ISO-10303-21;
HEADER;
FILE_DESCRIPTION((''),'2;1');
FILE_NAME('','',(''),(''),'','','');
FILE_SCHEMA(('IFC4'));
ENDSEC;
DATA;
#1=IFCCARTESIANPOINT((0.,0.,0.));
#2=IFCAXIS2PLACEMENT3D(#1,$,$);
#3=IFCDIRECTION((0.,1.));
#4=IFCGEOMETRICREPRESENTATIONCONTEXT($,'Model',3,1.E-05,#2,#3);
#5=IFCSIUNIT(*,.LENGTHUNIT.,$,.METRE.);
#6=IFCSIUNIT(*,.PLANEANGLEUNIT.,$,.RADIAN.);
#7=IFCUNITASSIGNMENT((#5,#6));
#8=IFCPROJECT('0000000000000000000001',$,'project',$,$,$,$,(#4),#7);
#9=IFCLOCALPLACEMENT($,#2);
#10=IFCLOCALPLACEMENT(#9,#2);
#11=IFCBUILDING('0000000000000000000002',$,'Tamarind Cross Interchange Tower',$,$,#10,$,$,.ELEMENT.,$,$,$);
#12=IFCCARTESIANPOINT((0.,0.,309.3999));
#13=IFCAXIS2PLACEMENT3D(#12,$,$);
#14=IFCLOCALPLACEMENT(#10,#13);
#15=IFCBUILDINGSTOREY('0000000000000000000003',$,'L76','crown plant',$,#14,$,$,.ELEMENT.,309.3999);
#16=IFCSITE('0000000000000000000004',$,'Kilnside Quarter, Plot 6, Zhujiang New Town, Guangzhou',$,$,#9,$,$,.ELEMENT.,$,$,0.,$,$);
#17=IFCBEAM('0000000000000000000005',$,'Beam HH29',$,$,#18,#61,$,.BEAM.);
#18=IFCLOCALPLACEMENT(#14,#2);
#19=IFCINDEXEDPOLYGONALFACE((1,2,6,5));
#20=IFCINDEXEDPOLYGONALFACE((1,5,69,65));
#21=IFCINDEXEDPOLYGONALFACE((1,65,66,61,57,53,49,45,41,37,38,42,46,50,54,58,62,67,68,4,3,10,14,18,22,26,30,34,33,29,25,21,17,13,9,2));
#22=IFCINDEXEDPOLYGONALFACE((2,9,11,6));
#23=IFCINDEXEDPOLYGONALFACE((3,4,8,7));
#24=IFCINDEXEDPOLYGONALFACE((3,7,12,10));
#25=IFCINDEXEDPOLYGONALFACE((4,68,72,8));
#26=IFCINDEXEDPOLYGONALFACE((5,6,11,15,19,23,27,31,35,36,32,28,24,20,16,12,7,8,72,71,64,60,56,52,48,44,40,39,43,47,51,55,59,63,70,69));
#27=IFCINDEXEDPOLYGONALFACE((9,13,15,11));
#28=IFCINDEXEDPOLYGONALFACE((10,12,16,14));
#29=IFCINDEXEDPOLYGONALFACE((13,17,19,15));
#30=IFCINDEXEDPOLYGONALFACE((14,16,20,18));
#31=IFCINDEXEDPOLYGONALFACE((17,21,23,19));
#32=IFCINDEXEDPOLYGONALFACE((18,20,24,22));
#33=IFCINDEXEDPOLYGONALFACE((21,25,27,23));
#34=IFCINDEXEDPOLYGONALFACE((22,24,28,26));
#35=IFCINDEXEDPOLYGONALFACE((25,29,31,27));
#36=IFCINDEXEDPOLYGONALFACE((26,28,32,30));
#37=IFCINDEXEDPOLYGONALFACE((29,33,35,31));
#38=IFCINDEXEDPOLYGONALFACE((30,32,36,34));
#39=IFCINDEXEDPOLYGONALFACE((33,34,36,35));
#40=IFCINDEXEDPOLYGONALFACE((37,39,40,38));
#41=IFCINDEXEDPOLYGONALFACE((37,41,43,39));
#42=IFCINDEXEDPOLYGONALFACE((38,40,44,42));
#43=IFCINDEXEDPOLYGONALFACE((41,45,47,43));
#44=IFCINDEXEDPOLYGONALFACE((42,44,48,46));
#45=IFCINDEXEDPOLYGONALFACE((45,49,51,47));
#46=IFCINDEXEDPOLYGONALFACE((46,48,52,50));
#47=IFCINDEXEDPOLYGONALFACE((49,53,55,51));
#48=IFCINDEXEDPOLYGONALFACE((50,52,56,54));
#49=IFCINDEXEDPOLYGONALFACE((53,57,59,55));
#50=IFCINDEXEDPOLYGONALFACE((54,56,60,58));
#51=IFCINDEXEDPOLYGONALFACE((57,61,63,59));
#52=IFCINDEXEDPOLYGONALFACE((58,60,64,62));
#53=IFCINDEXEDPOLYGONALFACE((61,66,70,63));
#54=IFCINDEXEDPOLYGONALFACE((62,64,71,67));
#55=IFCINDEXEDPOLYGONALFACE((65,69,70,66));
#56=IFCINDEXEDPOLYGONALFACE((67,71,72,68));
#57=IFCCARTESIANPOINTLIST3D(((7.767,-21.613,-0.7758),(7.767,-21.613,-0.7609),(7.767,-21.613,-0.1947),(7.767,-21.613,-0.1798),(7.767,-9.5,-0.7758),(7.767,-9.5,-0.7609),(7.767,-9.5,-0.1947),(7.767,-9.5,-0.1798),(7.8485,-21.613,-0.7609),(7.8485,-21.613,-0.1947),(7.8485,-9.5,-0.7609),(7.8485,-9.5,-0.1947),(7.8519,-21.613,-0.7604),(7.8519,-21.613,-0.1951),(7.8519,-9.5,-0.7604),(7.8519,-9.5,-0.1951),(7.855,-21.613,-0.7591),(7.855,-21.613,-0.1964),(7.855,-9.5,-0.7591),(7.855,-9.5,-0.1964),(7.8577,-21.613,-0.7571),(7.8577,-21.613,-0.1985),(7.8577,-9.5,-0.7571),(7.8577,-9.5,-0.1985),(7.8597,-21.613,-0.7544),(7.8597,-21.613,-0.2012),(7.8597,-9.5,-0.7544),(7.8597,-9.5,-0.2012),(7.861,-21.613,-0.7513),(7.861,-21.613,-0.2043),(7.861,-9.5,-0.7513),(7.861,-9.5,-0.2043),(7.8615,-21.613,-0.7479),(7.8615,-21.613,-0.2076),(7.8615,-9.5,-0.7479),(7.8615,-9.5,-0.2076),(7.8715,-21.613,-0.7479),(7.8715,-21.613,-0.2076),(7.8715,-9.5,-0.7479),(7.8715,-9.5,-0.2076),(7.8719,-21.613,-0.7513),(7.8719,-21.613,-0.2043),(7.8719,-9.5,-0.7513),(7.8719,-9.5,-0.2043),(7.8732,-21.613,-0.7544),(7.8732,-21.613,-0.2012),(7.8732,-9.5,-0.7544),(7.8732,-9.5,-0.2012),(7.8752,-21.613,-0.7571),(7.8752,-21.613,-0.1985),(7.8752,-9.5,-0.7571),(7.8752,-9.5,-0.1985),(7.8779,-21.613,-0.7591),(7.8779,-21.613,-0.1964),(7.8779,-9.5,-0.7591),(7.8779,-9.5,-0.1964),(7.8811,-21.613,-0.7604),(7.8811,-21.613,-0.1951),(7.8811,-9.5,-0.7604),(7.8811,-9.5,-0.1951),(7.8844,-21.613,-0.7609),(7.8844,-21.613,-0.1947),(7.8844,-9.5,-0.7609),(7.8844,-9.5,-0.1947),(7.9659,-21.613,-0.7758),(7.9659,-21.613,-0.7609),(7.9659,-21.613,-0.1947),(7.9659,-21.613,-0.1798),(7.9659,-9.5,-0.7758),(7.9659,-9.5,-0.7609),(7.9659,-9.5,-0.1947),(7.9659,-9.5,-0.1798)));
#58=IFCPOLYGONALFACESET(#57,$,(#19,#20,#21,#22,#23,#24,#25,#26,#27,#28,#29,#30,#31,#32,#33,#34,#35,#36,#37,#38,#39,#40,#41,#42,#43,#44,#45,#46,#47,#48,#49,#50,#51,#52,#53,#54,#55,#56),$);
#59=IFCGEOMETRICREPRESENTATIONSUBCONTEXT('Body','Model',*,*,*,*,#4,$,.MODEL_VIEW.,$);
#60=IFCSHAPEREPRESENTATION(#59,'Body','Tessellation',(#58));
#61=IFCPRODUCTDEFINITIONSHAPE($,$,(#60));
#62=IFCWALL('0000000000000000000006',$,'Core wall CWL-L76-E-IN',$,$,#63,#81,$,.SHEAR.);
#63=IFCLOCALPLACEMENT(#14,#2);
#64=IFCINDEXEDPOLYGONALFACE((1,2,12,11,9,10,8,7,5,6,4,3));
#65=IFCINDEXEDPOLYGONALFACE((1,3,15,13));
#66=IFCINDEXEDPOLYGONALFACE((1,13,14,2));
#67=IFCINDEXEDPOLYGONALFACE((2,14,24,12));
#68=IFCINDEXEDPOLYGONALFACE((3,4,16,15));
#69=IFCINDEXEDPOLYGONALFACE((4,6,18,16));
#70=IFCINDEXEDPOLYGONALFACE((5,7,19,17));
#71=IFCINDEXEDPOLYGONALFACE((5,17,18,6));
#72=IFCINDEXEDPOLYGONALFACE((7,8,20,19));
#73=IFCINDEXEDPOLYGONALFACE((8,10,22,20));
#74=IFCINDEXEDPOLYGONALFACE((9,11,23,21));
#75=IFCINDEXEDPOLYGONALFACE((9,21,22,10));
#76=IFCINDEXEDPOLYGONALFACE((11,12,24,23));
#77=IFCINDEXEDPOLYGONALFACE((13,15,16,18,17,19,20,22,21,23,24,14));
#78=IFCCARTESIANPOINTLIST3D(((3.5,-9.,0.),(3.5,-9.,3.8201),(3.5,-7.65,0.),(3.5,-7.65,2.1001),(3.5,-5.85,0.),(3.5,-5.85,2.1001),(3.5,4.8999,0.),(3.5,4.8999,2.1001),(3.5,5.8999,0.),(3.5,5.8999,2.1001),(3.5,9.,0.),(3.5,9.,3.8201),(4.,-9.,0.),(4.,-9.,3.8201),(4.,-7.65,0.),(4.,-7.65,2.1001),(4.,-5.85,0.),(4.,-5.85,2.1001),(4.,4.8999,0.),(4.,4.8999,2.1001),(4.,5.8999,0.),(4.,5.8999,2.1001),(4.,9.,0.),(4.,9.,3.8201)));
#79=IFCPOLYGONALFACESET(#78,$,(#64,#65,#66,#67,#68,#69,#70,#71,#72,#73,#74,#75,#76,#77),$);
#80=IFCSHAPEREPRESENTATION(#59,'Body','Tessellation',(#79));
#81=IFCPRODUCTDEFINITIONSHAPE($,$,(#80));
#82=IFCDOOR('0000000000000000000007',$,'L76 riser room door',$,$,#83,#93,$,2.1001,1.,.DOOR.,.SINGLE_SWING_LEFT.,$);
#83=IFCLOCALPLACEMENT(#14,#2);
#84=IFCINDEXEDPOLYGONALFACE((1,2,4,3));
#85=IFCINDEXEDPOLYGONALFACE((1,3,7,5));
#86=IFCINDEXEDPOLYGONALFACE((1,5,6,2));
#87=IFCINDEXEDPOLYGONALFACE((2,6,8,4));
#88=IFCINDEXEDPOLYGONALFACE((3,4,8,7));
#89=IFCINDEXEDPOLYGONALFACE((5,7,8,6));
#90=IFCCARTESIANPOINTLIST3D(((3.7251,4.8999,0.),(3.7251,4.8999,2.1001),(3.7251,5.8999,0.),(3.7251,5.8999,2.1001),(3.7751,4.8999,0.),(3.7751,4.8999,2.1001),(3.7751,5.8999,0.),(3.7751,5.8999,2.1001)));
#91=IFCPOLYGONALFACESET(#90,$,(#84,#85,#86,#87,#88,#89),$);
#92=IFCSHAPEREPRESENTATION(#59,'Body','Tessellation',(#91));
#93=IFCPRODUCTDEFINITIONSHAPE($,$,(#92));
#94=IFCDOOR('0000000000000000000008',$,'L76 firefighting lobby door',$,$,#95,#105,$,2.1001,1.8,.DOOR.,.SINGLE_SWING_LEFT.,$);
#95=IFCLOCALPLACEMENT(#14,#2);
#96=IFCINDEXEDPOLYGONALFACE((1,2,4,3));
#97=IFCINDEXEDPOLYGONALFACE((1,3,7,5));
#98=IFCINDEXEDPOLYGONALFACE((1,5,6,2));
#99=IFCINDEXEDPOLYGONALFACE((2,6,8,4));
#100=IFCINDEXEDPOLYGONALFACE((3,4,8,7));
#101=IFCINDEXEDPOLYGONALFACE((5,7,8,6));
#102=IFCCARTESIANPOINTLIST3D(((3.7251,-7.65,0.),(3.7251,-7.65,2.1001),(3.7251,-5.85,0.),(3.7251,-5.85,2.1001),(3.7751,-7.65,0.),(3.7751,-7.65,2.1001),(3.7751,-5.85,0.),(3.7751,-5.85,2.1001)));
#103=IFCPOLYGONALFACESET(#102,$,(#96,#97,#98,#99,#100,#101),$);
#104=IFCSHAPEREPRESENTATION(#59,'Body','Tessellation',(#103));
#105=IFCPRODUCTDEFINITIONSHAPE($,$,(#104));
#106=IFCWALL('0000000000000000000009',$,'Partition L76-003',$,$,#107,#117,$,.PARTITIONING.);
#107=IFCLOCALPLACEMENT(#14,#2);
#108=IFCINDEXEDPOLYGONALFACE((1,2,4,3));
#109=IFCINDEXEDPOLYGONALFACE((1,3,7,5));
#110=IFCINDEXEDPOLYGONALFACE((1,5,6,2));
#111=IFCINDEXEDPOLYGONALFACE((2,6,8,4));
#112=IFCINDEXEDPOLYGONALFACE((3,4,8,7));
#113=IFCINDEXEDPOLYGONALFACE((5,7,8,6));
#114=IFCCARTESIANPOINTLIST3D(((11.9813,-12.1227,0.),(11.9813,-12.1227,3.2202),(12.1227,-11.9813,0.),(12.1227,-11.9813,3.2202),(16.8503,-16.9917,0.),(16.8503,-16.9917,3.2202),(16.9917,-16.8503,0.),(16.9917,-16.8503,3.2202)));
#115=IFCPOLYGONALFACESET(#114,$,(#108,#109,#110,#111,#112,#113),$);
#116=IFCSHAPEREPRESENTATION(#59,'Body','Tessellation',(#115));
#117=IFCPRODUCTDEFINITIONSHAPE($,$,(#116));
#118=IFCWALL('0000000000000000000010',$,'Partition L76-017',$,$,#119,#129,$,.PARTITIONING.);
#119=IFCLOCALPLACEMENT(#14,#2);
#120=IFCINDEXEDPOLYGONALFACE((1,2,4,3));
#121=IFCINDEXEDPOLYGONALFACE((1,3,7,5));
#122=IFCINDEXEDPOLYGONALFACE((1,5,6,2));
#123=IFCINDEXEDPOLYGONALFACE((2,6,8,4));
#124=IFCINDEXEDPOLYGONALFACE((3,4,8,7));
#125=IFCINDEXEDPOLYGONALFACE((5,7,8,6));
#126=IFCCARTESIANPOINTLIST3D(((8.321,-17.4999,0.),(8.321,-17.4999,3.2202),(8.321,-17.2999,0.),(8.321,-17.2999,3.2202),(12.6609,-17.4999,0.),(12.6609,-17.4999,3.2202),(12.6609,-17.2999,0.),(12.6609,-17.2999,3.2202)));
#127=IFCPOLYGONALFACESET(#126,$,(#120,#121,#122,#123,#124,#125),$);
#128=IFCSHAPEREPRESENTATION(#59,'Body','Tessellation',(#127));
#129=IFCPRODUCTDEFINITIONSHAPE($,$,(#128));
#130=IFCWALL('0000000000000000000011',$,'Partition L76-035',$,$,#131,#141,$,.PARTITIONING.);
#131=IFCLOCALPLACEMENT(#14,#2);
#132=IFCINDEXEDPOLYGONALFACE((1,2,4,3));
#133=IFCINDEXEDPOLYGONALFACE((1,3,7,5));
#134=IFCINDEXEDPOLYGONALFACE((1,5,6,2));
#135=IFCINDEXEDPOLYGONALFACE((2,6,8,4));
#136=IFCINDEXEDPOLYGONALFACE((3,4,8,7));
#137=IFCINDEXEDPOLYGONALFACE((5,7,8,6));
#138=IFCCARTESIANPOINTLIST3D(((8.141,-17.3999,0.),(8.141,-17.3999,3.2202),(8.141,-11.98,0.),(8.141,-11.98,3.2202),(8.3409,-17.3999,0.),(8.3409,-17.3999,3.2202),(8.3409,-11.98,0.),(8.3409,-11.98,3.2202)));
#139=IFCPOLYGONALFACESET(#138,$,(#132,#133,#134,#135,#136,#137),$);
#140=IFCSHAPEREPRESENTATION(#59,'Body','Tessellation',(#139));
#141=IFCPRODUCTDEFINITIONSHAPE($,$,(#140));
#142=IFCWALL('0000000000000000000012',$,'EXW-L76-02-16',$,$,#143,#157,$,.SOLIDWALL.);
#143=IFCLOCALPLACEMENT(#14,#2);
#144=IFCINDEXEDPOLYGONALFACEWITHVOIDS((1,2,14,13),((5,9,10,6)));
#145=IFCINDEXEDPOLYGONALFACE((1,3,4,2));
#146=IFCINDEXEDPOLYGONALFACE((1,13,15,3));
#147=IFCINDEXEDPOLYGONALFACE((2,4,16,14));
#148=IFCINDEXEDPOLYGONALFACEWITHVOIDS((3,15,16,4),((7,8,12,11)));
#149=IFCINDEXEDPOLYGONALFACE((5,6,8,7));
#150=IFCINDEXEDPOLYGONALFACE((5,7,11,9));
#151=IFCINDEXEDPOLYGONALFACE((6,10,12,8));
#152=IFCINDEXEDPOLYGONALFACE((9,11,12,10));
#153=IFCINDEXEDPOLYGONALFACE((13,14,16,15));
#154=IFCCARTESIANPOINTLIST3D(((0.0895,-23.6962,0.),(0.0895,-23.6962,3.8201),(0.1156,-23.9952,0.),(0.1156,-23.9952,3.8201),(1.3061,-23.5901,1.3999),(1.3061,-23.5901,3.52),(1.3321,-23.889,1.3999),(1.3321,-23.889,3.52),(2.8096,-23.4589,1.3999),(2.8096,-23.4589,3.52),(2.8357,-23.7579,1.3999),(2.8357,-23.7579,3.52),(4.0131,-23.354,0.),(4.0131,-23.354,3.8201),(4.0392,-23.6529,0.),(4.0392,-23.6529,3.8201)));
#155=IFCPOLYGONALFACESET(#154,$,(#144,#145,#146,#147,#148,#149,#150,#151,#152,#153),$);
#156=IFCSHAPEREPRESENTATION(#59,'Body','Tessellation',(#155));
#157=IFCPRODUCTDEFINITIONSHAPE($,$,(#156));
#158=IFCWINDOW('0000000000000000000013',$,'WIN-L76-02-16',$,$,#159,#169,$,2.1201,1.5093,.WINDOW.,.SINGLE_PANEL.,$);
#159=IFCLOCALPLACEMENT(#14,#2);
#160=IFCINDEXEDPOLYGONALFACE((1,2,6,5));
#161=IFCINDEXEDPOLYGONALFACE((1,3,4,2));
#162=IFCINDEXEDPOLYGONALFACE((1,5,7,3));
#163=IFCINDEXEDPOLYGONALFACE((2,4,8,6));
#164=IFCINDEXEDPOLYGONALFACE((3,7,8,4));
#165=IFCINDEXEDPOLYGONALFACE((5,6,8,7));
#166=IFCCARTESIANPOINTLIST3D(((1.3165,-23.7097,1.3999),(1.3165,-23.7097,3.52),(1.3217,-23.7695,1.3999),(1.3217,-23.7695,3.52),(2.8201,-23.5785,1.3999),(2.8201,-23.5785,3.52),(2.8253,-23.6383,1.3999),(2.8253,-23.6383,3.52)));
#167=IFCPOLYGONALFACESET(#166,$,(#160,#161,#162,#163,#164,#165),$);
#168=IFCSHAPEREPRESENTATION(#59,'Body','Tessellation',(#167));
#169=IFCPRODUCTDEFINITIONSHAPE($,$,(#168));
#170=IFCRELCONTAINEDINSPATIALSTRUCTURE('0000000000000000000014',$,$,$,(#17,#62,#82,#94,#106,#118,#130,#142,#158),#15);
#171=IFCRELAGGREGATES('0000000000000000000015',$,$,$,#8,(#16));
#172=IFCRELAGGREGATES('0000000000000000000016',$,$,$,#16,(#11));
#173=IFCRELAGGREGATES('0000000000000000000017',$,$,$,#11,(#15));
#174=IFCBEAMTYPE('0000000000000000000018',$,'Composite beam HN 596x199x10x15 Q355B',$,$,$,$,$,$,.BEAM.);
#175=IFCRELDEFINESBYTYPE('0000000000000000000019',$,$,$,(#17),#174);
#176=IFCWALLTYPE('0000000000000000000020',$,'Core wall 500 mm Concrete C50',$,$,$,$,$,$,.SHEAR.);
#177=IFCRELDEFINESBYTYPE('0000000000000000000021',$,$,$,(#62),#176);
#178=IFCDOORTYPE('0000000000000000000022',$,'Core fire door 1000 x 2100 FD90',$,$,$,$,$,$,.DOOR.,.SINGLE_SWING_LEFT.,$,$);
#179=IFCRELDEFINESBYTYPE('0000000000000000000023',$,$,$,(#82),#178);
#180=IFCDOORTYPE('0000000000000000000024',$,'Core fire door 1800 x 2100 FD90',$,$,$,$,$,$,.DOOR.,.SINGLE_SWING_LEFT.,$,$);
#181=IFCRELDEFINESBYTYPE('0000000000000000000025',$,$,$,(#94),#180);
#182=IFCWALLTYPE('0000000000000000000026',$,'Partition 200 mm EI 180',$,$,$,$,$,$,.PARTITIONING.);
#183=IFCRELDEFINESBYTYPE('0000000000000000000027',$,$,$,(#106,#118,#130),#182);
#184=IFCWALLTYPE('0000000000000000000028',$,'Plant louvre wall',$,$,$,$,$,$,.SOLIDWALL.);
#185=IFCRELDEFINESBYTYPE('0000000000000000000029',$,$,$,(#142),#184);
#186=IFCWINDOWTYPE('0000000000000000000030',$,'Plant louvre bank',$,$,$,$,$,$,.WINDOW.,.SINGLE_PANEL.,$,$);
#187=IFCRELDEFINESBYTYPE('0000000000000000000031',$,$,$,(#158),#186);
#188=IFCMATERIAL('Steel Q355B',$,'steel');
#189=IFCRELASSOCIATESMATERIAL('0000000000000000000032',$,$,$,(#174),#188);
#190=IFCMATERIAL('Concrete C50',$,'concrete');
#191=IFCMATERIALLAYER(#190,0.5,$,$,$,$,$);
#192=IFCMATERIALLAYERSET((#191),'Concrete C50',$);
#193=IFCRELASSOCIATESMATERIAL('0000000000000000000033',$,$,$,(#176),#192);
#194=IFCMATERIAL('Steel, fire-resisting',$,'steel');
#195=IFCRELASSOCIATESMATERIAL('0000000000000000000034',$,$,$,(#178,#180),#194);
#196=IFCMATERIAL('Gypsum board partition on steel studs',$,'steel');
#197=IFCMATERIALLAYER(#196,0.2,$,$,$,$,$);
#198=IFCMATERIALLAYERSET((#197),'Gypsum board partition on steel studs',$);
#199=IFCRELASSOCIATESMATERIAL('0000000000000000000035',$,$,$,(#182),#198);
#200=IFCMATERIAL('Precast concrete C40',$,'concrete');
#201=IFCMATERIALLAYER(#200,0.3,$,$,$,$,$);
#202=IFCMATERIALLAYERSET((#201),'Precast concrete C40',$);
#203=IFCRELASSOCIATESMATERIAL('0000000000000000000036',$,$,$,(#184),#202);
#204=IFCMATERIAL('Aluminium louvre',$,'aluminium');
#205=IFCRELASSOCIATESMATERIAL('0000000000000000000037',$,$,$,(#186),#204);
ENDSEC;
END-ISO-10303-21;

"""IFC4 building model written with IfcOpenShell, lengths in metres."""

from ifc_helpers import new_model, si_unit, direction, frame, frame_2d, origin, origin_2d, place, context, subcontext, project, spatial, rectangle, i_section, extrude, material, layer, layer_set, material_profile, profile_set, type_object, element, fill, save


model = new_model("IFC4")

# Units and contexts
model_context = context("Model", 3, precision=1e-05, world=origin(), true_north=direction((0.0, 1.0)))
body_context = subcontext(model_context, "Body", "Model", "MODEL_VIEW")
ifc_project = project(units=[si_unit("LENGTHUNIT", "METRE"), si_unit("PLANEANGLEUNIT", "RADIAN")], contexts=[model_context])

# Site, building, storey
site_placement = place(None, origin())
site = spatial("IfcSite", under=ifc_project, at=site_placement, Name="Kilnside Quarter, Plot 6, Zhujiang New Town, Guangzhou", CompositionType="ELEMENT", RefElevation=0.0)
building_placement = place(site_placement, origin())
building = spatial("IfcBuilding", under=site, at=building_placement, Name="Tamarind Cross Interchange Tower", CompositionType="ELEMENT")
storey_placement = place(building_placement, frame((0.0, 0.0, 309.3999)))
storey = spatial("IfcBuildingStorey", under=building, at=storey_placement, Name="L76", Description="crown plant", CompositionType="ELEMENT", Elevation=309.3999)

# Beam
ifc_material_1 = material(Name="Steel Q355B", Category="steel")
ifc_material_profile_1 = material_profile(ifc_material_1, i_section(OverallWidth=0.199, OverallDepth=0.5959, WebThickness=0.01, FlangeThickness=0.0149, FilletRadius=0.0129, at=origin_2d()), Name="HN 596x199x10x15")
ifc_profile_set_1 = profile_set([ifc_material_profile_1], Name="Steel Q355B")
beam_type = type_object("IfcBeamType", Name="Composite beam HN 596x199x10x15 Q355B", PredefinedType="BEAM", material=ifc_profile_set_1)
beam_1_placement = place(storey_placement, frame((7.8665, -21.613, -0.4778), z_axis=(0.0, 1.0, 0.0), x_axis=(-1.0, 0.0, 0.0)))
element("IfcBeam", 1, at=beam_1_placement, inside=storey, type_object=beam_type, Name="Beam HH29", PredefinedType="BEAM", context=body_context, shape_type="SweptSolid", body=[
    extrude(i_section(OverallWidth=0.199, OverallDepth=0.5959, WebThickness=0.01, FlangeThickness=0.0149, FilletRadius=0.0129, at=origin_2d()), origin(), (0.0, 0.0, 1.0), 12.113),
])

# Wall, openings, doors
ifc_material_2 = material(Name="Concrete C50", Category="concrete")
ifc_layer_1 = layer(ifc_material_2, 0.5)
ifc_layer_set_1 = layer_set([ifc_layer_1], Name="Concrete C50")
wall_type_1 = type_object("IfcWallType", Name="Core wall 500 mm Concrete C50", PredefinedType="SHEAR", material=ifc_layer_set_1)
wall_1_placement = place(storey_placement, frame((3.75, -9.0, 0.0), z_axis=(0.0, 0.0, 1.0), x_axis=(0.0, 1.0, 0.0)))
wall_1 = element("IfcWall", 2, at=wall_1_placement, inside=storey, type_object=wall_type_1, Name="Core wall CWL-L76-E-IN", PredefinedType="SHEAR", context=body_context, shape_type="SweptSolid", body=[
    extrude(rectangle(XDim=18.0, YDim=0.5, at=frame_2d((9.0, 0.0))), origin(), (0.0, 0.0, 1.0), 3.8201),
])
opening_1_placement = place(wall_1_placement, frame((1.3501, 0.0, 0.0)))
opening_1 = element("IfcOpeningElement", 3, at=opening_1_placement, cuts=wall_1, PredefinedType="OPENING", context=body_context, shape_type="SweptSolid", body=[
    extrude(rectangle(XDim=1.8, YDim=2.1001, at=frame_2d((0.8999, 1.05))), frame((0.0, 0.26, 0.0), z_axis=(0.0, -1.0, 0.0), x_axis=(1.0, 0.0, 0.0)), (0.0, 0.0, 1.0), 0.52),
])
opening_2_placement = place(wall_1_placement, frame((13.8999, 0.0, 0.0)))
opening_2 = element("IfcOpeningElement", 4, at=opening_2_placement, cuts=wall_1, PredefinedType="OPENING", context=body_context, shape_type="SweptSolid", body=[
    extrude(rectangle(XDim=1.0, YDim=2.1001, at=frame_2d((0.5, 1.05))), frame((0.0, 0.26, 0.0), z_axis=(0.0, -1.0, 0.0), x_axis=(1.0, 0.0, 0.0)), (0.0, 0.0, 1.0), 0.52),
])
ifc_material_3 = material(Name="Steel, fire-resisting", Category="steel")
door_type_1 = type_object("IfcDoorType", Name="Core fire door 1000 x 2100 FD90", OperationType="SINGLE_SWING_LEFT", PredefinedType="DOOR", material=ifc_material_3)
door_1_placement = place(opening_2_placement, origin())
door_1 = element("IfcDoor", 5, at=door_1_placement, inside=storey, type_object=door_type_1, Name="L76 riser room door", OperationType="SINGLE_SWING_LEFT", OverallHeight=2.1001, OverallWidth=1.0, PredefinedType="DOOR", context=body_context, shape_type="SweptSolid", body=[
    extrude(rectangle(XDim=1.0, YDim=2.1001, at=frame_2d((0.5, 1.05))), frame((0.0, 0.0249, 0.0), z_axis=(0.0, -1.0, 0.0), x_axis=(1.0, 0.0, 0.0)), (0.0, 0.0, 1.0), 0.05),
])
fill(opening_2, door_1)
door_type_2 = type_object("IfcDoorType", Name="Core fire door 1800 x 2100 FD90", OperationType="SINGLE_SWING_LEFT", PredefinedType="DOOR", material=ifc_material_3)
door_2_placement = place(opening_1_placement, origin())
door_2 = element("IfcDoor", 6, at=door_2_placement, inside=storey, type_object=door_type_2, Name="L76 firefighting lobby door", OperationType="SINGLE_SWING_LEFT", OverallHeight=2.1001, OverallWidth=1.8, PredefinedType="DOOR", context=body_context, shape_type="SweptSolid", body=[
    extrude(rectangle(XDim=1.8, YDim=2.1001, at=frame_2d((0.8999, 1.05))), frame((0.0, 0.0249, 0.0), z_axis=(0.0, -1.0, 0.0), x_axis=(1.0, 0.0, 0.0)), (0.0, 0.0, 1.0), 0.05),
])
fill(opening_1, door_2)

# Walls
ifc_material_4 = material(Name="Gypsum board partition on steel studs", Category="steel")
ifc_layer_2 = layer(ifc_material_4, 0.2)
ifc_layer_set_2 = layer_set([ifc_layer_2], Name="Gypsum board partition on steel studs")
wall_type_2 = type_object("IfcWallType", Name="Partition 200 mm EI 180", PredefinedType="PARTITIONING", material=ifc_layer_set_2)
wall_2_placement = place(storey_placement, frame((12.052, -12.052, 0.0), z_axis=(0.0, 0.0, 1.0), x_axis=(0.707107, -0.707107, 0.0)))
element("IfcWall", 7, at=wall_2_placement, inside=storey, type_object=wall_type_2, Name="Partition L76-003", PredefinedType="PARTITIONING", context=body_context, shape_type="SweptSolid", body=[
    extrude(rectangle(XDim=6.8857, YDim=0.2, at=frame_2d((3.4429, 0.0))), origin(), (0.0, 0.0, 1.0), 3.2202),
])
wall_3_placement = place(storey_placement, frame((8.321, -17.3999, 0.0), z_axis=(0.0, 0.0, 1.0), x_axis=(1.0, 0.0, 0.0)))
element("IfcWall", 8, at=wall_3_placement, inside=storey, type_object=wall_type_2, Name="Partition L76-017", PredefinedType="PARTITIONING", context=body_context, shape_type="SweptSolid", body=[
    extrude(rectangle(XDim=4.3398, YDim=0.2, at=frame_2d((2.1699, 0.0))), origin(), (0.0, 0.0, 1.0), 3.2202),
])
wall_4_placement = place(storey_placement, frame((8.241, -17.3999, 0.0), z_axis=(0.0, 0.0, 1.0), x_axis=(0.0, 1.0, 0.0)))
element("IfcWall", 9, at=wall_4_placement, inside=storey, type_object=wall_type_2, Name="Partition L76-035", PredefinedType="PARTITIONING", context=body_context, shape_type="SweptSolid", body=[
    extrude(rectangle(XDim=5.4199, YDim=0.2, at=frame_2d((2.71, 0.0))), origin(), (0.0, 0.0, 1.0), 3.2202),
])

# Wall, opening, window
ifc_material_5 = material(Name="Precast concrete C40", Category="concrete")
ifc_layer_3 = layer(ifc_material_5, 0.3)
ifc_layer_set_3 = layer_set([ifc_layer_3], Name="Precast concrete C40")
wall_type_3 = type_object("IfcWallType", Name="Plant louvre wall", PredefinedType="SOLIDWALL", material=ifc_layer_set_3)
wall_5_placement = place(storey_placement, frame((0.1025, -23.8457, 0.0), z_axis=(0.0, 0.0, 1.0), x_axis=(0.996216, 0.086908, 0.0)))
wall_5 = element("IfcWall", 10, at=wall_5_placement, inside=storey, type_object=wall_type_3, Name="EXW-L76-02-16", PredefinedType="SOLIDWALL", context=body_context, shape_type="SweptSolid", body=[
    extrude(rectangle(XDim=3.9385, YDim=0.3, at=frame_2d((1.9692, 0.0))), origin(), (0.0, 0.0, 1.0), 3.8201),
])
opening_3_placement = place(wall_5_placement, frame((1.2212, 0.0, 1.3999)))
opening_3 = element("IfcOpeningElement", 11, at=opening_3_placement, cuts=wall_5, PredefinedType="OPENING", context=body_context, shape_type="SweptSolid", body=[
    extrude(rectangle(XDim=1.5093, YDim=2.1201, at=frame_2d((0.7546, 1.0601))), frame((0.0, 0.1599, 0.0), z_axis=(0.0, -1.0, 0.0), x_axis=(1.0, 0.0, 0.0)), (0.0, 0.0, 1.0), 0.3201),
])
ifc_material_6 = material(Name="Aluminium louvre", Category="aluminium")
window_type = type_object("IfcWindowType", Name="Plant louvre bank", PartitioningType="SINGLE_PANEL", PredefinedType="WINDOW", material=ifc_material_6)
window_1_placement = place(opening_3_placement, origin())
window_1 = element("IfcWindow", 12, at=window_1_placement, inside=storey, type_object=window_type, Name="WIN-L76-02-16", OverallHeight=2.1201, OverallWidth=1.5093, PartitioningType="SINGLE_PANEL", PredefinedType="WINDOW", context=body_context, shape_type="SweptSolid", body=[
    extrude(rectangle(XDim=1.5093, YDim=2.1201, at=frame_2d((0.7546, 1.0601))), frame((0.0, 0.03, 0.0), z_axis=(0.0, -1.0, 0.0), x_axis=(1.0, 0.0, 0.0)), (0.0, 0.0, 1.0), 0.0601),
])
fill(opening_3, window_1)

save(model, "model.ifc")
